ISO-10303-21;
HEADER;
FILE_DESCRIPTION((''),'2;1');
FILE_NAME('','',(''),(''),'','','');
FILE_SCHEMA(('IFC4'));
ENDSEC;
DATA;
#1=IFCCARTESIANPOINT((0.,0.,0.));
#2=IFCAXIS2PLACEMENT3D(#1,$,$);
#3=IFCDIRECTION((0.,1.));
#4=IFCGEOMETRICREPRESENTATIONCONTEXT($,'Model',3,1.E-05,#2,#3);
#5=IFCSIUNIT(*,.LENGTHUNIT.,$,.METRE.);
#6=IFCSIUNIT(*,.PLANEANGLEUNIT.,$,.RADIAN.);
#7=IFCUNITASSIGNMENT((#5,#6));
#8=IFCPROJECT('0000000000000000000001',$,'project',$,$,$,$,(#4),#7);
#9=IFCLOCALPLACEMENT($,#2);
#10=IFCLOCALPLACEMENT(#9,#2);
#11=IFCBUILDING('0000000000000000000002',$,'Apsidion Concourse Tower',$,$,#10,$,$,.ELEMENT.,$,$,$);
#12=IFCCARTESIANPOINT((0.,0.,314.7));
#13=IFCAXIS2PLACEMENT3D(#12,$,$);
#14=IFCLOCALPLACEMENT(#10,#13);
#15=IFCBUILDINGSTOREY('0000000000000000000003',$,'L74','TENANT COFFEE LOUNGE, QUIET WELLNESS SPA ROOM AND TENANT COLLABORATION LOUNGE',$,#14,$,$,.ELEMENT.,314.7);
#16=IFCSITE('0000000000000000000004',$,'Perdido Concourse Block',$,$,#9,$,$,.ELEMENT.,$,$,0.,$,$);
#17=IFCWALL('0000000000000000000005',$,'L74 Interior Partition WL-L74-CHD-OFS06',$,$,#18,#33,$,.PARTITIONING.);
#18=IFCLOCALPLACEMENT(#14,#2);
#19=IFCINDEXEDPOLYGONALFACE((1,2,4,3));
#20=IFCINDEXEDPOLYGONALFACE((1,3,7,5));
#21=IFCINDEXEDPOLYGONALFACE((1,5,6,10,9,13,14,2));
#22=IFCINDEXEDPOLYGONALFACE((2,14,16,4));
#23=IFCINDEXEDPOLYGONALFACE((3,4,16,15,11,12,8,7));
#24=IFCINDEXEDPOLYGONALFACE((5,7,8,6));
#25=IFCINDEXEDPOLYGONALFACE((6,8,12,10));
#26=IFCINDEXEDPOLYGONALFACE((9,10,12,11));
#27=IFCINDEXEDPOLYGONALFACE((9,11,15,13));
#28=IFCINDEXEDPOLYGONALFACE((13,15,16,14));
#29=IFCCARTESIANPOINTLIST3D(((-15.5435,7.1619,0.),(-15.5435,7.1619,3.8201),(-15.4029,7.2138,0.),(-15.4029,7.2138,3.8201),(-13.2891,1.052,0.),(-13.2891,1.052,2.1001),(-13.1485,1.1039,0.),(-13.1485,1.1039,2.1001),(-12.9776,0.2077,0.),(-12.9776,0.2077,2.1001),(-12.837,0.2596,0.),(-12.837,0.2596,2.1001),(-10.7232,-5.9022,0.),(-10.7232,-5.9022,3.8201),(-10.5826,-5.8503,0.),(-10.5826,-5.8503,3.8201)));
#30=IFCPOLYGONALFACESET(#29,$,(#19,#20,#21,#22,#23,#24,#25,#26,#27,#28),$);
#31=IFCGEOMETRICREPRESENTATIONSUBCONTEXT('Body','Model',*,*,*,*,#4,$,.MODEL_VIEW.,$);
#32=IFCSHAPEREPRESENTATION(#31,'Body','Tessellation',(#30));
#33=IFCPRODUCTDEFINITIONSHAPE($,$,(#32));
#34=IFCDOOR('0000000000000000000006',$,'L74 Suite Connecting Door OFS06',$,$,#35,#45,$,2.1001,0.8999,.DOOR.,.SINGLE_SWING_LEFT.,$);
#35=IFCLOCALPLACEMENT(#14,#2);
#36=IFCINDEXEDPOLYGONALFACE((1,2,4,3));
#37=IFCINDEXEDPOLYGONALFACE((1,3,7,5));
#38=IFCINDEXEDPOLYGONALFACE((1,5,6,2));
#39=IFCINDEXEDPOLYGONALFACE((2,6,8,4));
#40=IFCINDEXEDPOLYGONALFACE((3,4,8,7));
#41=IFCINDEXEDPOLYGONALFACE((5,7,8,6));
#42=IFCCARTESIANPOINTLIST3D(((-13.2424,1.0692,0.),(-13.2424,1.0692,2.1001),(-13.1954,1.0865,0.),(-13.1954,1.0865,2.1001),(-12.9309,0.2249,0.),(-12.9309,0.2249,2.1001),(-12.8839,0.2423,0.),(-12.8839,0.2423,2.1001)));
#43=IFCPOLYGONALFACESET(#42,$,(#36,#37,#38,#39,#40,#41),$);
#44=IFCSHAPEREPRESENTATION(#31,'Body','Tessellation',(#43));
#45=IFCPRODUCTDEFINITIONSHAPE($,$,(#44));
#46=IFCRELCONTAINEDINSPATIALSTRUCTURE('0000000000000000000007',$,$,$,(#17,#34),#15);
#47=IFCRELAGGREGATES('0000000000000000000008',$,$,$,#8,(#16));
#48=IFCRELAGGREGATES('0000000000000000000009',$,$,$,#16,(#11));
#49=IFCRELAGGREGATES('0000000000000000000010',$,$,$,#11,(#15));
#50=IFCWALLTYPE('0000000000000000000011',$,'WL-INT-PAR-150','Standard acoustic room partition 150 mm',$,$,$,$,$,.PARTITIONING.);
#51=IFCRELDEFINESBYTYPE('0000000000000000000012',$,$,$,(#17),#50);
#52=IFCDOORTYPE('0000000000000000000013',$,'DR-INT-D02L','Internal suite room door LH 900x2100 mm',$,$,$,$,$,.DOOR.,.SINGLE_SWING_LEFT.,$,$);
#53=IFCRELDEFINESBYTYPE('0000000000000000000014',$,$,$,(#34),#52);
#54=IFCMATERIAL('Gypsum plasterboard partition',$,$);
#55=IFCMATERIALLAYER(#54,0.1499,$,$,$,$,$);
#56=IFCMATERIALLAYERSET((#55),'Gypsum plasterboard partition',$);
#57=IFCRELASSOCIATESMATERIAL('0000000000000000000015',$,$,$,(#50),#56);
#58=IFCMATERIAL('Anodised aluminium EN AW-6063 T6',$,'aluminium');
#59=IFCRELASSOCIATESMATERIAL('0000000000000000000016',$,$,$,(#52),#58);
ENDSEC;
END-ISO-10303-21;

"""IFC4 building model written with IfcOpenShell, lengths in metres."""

from ifc_helpers import new_model, si_unit, direction, frame, frame_2d, origin, place, context, subcontext, project, spatial, rectangle, extrude, material, layer, layer_set, type_object, element, fill, save


model = new_model("IFC4")

# Units and contexts
model_context = context("Model", 3, precision=1e-05, world=origin(), true_north=direction((0.0, 1.0)))
body_context = subcontext(model_context, "Body", "Model", "MODEL_VIEW")
ifc_project = project(units=[si_unit("LENGTHUNIT", "METRE"), si_unit("PLANEANGLEUNIT", "RADIAN")], contexts=[model_context])

# Site, building, storey
site_placement = place(None, origin())
site = spatial("IfcSite", under=ifc_project, at=site_placement, Name="Perdido Concourse Block", CompositionType="ELEMENT", RefElevation=0.0)
building_placement = place(site_placement, origin())
building = spatial("IfcBuilding", under=site, at=building_placement, Name="Apsidion Concourse Tower", CompositionType="ELEMENT")
storey_placement = place(building_placement, frame((0.0, 0.0, 314.7)))
storey = spatial("IfcBuildingStorey", under=building, at=storey_placement, Name="L74", Description="TENANT COFFEE LOUNGE, QUIET WELLNESS SPA ROOM AND TENANT COLLABORATION LOUNGE", CompositionType="ELEMENT", Elevation=314.7)

# Shared definitions
ifc_material_1 = material(Name="Anodised aluminium EN AW-6063 T6", Category="aluminium")

# Wall, opening, door
ifc_material_2 = material(Name="Gypsum plasterboard partition")
ifc_layer_1 = layer(ifc_material_2, 0.1499)
ifc_layer_set_1 = layer_set([ifc_layer_1], Name="Gypsum plasterboard partition")
wall_type_1 = type_object("IfcWallType", Name="WL-INT-PAR-150", Description="Standard acoustic room partition 150 mm", PredefinedType="PARTITIONING", material=ifc_layer_set_1)
wall_1_placement = place(storey_placement, frame((-15.4731, 7.1877, 0.0), z_axis=(0.0, 0.0, 1.0), x_axis=(0.346159, -0.938176, 0.0)))
wall_1 = element("IfcWall", 1, at=wall_1_placement, inside=storey, type_object=wall_type_1, Name="L74 Interior Partition WL-L74-CHD-OFS06", PredefinedType="PARTITIONING", context=body_context, shape_type="SweptSolid", body=[
    extrude(rectangle(XDim=13.925, YDim=0.1499, at=frame_2d((6.9624, 0.0))), origin(), (0.0, 0.0, 1.0), 3.8201),
])
opening_1_placement = place(wall_1_placement, frame((6.5125, 0.0, 0.0)))
opening_1 = element("IfcOpeningElement", 2, at=opening_1_placement, cuts=wall_1, PredefinedType="OPENING", context=body_context, shape_type="SweptSolid", body=[
    extrude(rectangle(XDim=0.8999, YDim=2.1001, at=frame_2d((0.45, 1.05))), frame((0.0, 0.085, 0.0), z_axis=(0.0, -1.0, 0.0), x_axis=(1.0, 0.0, 0.0)), (0.0, 0.0, 1.0), 0.1699),
])
door_type_1 = type_object("IfcDoorType", Name="DR-INT-D02L", Description="Internal suite room door LH 900x2100 mm", OperationType="SINGLE_SWING_LEFT", PredefinedType="DOOR", material=ifc_material_1)
door_1_placement = place(opening_1_placement, origin())
door_1 = element("IfcDoor", 3, at=door_1_placement, inside=storey, type_object=door_type_1, Name="L74 Suite Connecting Door OFS06", OperationType="SINGLE_SWING_LEFT", OverallHeight=2.1001, OverallWidth=0.8999, PredefinedType="DOOR", context=body_context, shape_type="SweptSolid", body=[
    extrude(rectangle(XDim=0.8999, YDim=2.1001, at=frame_2d((0.45, 1.05))), frame((0.0, 0.0249, 0.0), z_axis=(0.0, -1.0, 0.0), x_axis=(1.0, 0.0, 0.0)), (0.0, 0.0, 1.0), 0.05),
])
fill(opening_1, door_1)

save(model, "model.ifc")
